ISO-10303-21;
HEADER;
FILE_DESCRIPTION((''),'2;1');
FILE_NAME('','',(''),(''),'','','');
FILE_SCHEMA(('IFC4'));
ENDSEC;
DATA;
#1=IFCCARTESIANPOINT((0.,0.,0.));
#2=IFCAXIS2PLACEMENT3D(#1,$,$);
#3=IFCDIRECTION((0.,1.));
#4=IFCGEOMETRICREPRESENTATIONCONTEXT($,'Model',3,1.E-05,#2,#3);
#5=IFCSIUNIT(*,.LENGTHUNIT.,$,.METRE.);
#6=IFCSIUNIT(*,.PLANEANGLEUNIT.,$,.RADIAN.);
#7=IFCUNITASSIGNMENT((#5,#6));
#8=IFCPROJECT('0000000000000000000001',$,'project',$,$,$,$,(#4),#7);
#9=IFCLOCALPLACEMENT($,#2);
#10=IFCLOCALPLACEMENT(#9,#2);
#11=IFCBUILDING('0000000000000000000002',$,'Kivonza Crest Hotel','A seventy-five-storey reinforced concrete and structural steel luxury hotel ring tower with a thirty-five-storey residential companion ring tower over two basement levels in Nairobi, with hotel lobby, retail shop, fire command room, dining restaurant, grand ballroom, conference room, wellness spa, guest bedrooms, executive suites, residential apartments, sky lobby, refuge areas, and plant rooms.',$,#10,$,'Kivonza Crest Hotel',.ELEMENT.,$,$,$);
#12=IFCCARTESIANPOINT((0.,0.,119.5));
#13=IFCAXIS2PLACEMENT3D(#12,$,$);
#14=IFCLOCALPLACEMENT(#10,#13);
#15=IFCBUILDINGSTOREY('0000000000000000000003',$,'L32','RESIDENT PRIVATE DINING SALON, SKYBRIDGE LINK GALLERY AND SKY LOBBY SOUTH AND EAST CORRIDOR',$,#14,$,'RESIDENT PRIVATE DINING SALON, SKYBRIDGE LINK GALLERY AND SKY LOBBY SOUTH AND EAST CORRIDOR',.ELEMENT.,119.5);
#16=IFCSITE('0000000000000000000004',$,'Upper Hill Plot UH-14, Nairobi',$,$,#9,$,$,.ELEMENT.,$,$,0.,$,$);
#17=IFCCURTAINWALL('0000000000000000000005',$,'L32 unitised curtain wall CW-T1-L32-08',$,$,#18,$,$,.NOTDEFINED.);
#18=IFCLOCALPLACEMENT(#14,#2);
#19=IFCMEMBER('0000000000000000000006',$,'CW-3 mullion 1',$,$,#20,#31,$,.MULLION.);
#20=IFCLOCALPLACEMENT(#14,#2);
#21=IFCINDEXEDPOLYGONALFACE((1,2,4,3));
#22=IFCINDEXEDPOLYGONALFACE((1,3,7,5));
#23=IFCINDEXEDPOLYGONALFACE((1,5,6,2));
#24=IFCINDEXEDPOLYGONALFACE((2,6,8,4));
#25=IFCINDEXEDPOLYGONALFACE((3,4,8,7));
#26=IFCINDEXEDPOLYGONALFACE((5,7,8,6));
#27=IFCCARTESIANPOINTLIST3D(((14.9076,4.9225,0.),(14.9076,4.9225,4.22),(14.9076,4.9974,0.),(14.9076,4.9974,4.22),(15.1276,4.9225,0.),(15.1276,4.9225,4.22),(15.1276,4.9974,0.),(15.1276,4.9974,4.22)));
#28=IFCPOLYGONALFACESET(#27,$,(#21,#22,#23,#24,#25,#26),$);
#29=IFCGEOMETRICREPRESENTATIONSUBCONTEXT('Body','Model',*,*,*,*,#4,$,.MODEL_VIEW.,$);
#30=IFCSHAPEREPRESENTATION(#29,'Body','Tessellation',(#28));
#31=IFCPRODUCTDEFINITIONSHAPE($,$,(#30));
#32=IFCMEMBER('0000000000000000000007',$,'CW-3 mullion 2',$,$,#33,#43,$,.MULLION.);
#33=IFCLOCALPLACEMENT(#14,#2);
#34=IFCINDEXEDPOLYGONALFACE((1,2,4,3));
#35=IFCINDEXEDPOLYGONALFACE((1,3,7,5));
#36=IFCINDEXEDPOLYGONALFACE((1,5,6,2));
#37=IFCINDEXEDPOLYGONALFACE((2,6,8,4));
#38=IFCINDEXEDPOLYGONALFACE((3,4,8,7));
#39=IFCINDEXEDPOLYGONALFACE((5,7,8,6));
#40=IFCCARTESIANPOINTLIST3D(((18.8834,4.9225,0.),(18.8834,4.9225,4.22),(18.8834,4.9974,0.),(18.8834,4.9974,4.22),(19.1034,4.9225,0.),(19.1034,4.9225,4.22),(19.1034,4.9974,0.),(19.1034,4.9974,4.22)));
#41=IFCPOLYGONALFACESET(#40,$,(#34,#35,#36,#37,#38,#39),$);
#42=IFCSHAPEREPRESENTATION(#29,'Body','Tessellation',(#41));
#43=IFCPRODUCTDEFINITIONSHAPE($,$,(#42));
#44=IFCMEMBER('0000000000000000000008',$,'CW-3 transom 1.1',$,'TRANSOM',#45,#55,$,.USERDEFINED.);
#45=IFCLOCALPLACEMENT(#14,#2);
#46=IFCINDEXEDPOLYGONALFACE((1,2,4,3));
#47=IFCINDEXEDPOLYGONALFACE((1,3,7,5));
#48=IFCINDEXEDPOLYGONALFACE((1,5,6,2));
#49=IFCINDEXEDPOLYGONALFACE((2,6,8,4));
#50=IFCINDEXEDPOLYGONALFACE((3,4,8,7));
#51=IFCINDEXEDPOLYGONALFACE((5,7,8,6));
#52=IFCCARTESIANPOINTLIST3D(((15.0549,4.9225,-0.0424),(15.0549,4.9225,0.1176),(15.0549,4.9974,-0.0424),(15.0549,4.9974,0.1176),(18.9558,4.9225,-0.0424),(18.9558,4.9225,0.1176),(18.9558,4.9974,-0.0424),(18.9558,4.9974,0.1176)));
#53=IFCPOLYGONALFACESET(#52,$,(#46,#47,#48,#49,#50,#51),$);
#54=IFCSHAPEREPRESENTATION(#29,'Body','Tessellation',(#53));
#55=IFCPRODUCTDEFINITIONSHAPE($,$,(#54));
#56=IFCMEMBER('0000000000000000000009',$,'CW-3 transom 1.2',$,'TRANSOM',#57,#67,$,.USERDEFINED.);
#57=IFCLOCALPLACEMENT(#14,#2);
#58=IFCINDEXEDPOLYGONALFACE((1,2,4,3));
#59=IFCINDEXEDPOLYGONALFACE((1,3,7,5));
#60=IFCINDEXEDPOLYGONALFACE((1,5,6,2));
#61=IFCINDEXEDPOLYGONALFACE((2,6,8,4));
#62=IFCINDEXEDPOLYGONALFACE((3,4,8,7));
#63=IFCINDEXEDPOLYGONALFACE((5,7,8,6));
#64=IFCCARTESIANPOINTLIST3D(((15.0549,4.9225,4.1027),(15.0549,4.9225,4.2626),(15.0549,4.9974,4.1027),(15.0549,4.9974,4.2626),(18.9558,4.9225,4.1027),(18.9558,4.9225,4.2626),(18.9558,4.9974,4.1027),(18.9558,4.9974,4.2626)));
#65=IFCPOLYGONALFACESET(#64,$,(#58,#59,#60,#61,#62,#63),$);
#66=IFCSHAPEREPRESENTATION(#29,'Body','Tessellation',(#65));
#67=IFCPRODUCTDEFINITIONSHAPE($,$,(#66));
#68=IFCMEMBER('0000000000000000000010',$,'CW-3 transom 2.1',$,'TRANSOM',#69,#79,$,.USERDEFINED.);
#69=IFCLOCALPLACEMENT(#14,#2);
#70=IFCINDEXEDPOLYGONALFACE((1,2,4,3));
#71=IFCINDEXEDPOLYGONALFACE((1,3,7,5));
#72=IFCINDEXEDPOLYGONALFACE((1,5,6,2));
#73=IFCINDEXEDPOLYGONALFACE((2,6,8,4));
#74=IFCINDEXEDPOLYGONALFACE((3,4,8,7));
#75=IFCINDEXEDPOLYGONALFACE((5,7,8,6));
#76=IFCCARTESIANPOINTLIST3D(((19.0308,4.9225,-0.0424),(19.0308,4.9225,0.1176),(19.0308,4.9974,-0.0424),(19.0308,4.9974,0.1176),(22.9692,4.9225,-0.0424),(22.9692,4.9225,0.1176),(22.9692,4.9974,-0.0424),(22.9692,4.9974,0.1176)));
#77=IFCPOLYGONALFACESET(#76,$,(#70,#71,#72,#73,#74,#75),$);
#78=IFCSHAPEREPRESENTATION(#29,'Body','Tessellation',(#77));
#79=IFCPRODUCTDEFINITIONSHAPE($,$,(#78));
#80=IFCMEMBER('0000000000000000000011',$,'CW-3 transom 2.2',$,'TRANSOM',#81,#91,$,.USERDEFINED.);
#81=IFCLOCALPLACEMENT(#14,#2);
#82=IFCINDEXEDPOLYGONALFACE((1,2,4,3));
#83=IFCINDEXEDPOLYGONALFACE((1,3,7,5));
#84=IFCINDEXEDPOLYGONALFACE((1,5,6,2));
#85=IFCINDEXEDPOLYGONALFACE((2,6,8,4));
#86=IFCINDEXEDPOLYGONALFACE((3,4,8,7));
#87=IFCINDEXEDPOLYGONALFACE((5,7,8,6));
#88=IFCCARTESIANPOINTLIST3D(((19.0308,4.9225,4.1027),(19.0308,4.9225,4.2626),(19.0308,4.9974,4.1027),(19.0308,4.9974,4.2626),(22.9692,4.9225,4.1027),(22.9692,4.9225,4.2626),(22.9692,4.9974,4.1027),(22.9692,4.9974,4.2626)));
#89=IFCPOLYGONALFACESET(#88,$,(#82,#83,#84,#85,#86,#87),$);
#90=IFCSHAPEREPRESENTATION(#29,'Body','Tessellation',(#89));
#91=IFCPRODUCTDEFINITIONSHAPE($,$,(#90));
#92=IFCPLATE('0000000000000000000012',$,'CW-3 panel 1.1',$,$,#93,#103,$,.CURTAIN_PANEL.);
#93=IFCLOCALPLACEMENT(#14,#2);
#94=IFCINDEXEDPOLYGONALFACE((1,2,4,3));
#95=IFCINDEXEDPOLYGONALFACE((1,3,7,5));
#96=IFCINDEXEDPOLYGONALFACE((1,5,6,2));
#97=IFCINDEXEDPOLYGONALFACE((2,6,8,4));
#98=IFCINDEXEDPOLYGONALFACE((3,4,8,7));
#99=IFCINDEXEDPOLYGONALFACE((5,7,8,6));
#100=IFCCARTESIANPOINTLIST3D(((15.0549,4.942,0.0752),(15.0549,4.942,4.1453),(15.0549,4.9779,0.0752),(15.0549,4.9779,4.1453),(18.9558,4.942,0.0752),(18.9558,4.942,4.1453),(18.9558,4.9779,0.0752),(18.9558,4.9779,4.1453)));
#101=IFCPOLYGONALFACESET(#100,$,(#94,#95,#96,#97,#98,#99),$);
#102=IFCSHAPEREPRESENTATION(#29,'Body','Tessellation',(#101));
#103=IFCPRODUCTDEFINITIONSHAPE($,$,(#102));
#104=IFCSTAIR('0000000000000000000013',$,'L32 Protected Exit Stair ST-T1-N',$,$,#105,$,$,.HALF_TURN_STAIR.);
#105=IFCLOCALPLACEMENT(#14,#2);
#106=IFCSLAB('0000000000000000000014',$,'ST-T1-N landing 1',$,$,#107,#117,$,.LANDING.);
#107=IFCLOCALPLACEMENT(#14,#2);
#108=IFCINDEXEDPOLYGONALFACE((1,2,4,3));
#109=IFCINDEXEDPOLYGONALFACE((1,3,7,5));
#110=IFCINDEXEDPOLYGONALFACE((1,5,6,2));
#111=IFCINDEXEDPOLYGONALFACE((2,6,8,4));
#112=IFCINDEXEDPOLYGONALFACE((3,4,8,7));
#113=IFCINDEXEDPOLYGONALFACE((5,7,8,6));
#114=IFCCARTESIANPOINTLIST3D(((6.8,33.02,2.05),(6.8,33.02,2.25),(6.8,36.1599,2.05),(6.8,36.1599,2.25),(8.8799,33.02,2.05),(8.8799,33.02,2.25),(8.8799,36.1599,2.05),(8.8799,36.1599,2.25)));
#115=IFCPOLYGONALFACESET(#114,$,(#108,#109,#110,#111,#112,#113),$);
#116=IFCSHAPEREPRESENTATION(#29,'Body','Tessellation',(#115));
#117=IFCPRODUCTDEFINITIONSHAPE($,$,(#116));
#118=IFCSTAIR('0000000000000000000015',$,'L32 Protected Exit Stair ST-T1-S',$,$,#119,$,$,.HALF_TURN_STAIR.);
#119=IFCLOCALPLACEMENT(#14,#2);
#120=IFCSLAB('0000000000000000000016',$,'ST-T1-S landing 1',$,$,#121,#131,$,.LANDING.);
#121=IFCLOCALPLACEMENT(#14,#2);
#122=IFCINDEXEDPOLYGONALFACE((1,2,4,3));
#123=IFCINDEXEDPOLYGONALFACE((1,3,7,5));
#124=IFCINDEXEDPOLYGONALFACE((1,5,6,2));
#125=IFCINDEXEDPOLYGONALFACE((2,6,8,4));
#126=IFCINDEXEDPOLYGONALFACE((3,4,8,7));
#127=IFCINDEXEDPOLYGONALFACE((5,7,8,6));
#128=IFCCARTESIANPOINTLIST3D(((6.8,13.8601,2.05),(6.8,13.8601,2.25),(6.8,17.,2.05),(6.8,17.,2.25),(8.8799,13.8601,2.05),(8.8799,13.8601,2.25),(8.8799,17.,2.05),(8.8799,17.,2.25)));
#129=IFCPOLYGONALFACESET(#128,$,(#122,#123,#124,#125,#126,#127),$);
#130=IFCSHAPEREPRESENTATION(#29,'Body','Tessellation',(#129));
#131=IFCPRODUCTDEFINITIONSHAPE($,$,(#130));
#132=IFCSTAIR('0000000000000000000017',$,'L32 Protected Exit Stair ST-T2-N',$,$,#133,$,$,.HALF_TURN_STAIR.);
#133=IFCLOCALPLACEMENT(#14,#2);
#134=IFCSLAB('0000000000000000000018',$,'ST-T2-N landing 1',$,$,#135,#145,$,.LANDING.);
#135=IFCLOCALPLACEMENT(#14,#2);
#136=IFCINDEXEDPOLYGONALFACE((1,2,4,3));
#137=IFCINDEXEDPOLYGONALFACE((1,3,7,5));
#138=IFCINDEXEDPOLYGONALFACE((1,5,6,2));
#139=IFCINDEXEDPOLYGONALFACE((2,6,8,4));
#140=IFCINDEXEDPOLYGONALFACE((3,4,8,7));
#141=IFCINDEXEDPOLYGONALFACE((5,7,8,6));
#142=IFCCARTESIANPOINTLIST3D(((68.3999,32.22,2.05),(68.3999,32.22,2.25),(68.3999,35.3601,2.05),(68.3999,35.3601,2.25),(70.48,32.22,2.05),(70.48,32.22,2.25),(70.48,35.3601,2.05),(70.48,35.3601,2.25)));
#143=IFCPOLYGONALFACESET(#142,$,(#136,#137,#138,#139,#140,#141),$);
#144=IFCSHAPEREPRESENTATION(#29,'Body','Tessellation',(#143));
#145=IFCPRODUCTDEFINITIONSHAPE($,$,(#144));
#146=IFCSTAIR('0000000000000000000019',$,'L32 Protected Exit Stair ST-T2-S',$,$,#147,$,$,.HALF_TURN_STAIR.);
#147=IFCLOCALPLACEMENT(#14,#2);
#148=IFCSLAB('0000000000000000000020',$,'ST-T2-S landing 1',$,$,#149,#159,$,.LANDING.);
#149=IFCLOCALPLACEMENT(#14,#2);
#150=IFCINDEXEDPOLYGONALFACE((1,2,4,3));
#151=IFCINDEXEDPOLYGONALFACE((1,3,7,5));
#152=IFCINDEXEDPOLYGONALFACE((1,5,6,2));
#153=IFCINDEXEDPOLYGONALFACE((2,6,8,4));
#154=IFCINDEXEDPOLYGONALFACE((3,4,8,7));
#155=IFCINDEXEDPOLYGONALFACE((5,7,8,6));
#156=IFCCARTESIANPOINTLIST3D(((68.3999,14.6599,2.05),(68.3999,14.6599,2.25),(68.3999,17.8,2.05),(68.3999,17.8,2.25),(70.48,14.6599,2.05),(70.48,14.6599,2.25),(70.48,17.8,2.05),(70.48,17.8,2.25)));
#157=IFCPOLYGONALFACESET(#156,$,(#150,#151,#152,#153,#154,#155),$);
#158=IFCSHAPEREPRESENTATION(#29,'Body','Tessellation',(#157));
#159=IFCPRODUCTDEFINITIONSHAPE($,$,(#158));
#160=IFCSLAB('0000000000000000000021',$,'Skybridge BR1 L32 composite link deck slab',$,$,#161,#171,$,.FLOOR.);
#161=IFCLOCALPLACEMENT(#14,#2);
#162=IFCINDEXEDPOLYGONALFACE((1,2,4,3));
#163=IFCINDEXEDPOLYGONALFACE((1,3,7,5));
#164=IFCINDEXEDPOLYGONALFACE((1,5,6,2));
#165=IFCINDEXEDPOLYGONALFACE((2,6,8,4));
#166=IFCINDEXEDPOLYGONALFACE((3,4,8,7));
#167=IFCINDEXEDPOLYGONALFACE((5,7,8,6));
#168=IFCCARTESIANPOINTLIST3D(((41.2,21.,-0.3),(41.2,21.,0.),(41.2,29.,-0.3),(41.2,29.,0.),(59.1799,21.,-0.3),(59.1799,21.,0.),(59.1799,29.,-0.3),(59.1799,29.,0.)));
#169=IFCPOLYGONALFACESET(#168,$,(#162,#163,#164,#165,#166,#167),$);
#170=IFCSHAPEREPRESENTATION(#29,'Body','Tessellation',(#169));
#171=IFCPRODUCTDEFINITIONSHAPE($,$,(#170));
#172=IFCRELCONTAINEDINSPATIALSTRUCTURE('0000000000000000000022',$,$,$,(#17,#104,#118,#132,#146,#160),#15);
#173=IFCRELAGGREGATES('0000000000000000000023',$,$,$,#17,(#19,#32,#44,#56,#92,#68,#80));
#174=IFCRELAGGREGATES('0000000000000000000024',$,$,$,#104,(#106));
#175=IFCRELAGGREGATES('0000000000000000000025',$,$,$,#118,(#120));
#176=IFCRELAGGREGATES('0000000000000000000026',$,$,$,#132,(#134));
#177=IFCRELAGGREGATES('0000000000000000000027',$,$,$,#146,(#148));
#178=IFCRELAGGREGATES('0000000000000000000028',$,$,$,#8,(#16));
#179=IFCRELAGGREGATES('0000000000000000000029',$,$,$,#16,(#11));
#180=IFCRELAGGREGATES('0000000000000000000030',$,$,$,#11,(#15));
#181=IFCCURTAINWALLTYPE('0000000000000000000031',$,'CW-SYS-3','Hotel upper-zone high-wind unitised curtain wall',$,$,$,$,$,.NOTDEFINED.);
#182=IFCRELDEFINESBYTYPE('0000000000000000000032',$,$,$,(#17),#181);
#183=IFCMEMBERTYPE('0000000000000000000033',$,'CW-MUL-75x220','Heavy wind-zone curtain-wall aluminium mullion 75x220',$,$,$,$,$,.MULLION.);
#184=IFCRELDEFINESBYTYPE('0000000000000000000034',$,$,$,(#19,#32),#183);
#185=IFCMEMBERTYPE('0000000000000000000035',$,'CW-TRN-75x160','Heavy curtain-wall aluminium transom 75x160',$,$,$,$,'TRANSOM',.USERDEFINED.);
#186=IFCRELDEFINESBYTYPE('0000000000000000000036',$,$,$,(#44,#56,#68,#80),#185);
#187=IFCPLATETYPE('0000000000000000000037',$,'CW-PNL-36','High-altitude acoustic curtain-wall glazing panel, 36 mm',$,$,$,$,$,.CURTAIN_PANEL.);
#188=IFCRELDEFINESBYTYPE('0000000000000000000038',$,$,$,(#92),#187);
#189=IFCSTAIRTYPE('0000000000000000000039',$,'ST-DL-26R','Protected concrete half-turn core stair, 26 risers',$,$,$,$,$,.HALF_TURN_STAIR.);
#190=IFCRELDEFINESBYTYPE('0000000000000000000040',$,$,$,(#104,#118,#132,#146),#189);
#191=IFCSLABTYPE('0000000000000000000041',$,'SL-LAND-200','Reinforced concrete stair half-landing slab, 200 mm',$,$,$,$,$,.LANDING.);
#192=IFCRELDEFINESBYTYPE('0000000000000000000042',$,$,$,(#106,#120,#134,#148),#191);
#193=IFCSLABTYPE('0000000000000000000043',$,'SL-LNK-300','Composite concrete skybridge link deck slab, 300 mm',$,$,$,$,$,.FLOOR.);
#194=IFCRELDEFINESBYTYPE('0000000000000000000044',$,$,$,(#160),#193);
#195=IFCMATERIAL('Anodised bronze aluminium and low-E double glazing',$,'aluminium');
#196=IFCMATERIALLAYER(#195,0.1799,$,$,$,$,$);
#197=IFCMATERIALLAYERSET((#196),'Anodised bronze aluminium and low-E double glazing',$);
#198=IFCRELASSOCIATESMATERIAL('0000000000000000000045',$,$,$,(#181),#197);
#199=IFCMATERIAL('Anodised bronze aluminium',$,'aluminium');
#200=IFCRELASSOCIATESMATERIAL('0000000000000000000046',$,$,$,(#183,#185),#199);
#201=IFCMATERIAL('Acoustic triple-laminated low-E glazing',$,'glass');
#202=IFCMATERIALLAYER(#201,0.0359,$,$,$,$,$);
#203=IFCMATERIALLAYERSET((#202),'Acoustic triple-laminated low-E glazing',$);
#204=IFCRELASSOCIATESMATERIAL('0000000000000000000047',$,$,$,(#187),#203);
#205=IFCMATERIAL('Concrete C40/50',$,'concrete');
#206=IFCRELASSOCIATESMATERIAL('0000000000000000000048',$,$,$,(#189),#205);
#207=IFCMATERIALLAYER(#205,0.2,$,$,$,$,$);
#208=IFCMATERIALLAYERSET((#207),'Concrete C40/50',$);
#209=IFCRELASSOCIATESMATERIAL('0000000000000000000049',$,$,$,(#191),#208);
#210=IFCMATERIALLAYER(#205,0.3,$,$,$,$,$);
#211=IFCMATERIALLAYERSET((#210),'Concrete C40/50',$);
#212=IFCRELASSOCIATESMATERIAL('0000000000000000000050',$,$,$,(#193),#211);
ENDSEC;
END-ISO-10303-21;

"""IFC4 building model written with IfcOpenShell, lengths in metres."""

from ifc_helpers import new_model, si_unit, direction, frame, origin, origin_2d, place, context, subcontext, project, spatial, polyline, rectangle, outline, extrude, material, layer, layer_set, material_profile, profile_set, type_object, element, aggregate, save


model = new_model("IFC4")

# Units and contexts
model_context = context("Model", 3, precision=1e-05, world=origin(), true_north=direction((0.0, 1.0)))
body_context = subcontext(model_context, "Body", "Model", "MODEL_VIEW")
ifc_project = project(units=[si_unit("LENGTHUNIT", "METRE"), si_unit("PLANEANGLEUNIT", "RADIAN")], contexts=[model_context])

# Site, building, storey
site_placement = place(None, origin())
site = spatial("IfcSite", under=ifc_project, at=site_placement, Name="Upper Hill Plot UH-14, Nairobi", CompositionType="ELEMENT", RefElevation=0.0)
building_placement = place(site_placement, origin())
building = spatial("IfcBuilding", under=site, at=building_placement, Name="Kivonza Crest Hotel", Description="A seventy-five-storey reinforced concrete and structural steel luxury hotel ring tower with a thirty-five-storey residential companion ring tower over two basement levels in Nairobi, with hotel lobby, retail shop, fire command room, dining restaurant, grand ballroom, conference room, wellness spa, guest bedrooms, executive suites, residential apartments, sky lobby, refuge areas, and plant rooms.", LongName="Kivonza Crest Hotel", CompositionType="ELEMENT")
storey_placement = place(building_placement, frame((0.0, 0.0, 119.5)))
storey = spatial("IfcBuildingStorey", under=building, at=storey_placement, Name="L32", Description="RESIDENT PRIVATE DINING SALON, SKYBRIDGE LINK GALLERY AND SKY LOBBY SOUTH AND EAST CORRIDOR", LongName="RESIDENT PRIVATE DINING SALON, SKYBRIDGE LINK GALLERY AND SKY LOBBY SOUTH AND EAST CORRIDOR", CompositionType="ELEMENT", Elevation=119.5)

# Curtain wall, members, plate
ifc_material_1 = material(Name="Anodised bronze aluminium and low-E double glazing", Category="aluminium")
ifc_layer_1 = layer(ifc_material_1, 0.1799)
ifc_layer_set_1 = layer_set([ifc_layer_1], Name="Anodised bronze aluminium and low-E double glazing")
curtain_wall_type = type_object("IfcCurtainWallType", Name="CW-SYS-3", Description="Hotel upper-zone high-wind unitised curtain wall", PredefinedType="NOTDEFINED", material=ifc_layer_set_1)
curtain_wall_placement = place(storey_placement, origin())
curtain_wall = element("IfcCurtainWall", 1, at=curtain_wall_placement, inside=storey, type_object=curtain_wall_type, Name="L32 unitised curtain wall CW-T1-L32-08", PredefinedType="NOTDEFINED")
ifc_material_2 = material(Name="Anodised bronze aluminium", Category="aluminium")
ifc_material_profile_1 = material_profile(ifc_material_2, rectangle(XDim=0.075, YDim=0.22, at=origin_2d()), Name="CW-M 75x220")
ifc_profile_set_1 = profile_set([ifc_material_profile_1], Name="Anodised bronze aluminium")
member_type_1 = type_object("IfcMemberType", Name="CW-MUL-75x220", Description="Heavy wind-zone curtain-wall aluminium mullion 75x220", PredefinedType="MULLION", material=ifc_profile_set_1)
member_1_placement = place(storey_placement, frame((15.0176, 4.96, 0.0), z_axis=(0.0, 0.0, 1.0), x_axis=(0.0, 1.0, 0.0)))
member_1 = element("IfcMember", 2, at=member_1_placement, type_object=member_type_1, Name="CW-3 mullion 1", PredefinedType="MULLION", context=body_context, shape_type="SweptSolid", body=[
    extrude(rectangle(XDim=0.075, YDim=0.22, at=origin_2d()), origin(), (0.0, 0.0, 1.0), 4.22),
])
member_2_placement = place(storey_placement, frame((18.9934, 4.96, 0.0), z_axis=(0.0, 0.0, 1.0), x_axis=(0.0, 1.0, 0.0)))
member_2 = element("IfcMember", 3, at=member_2_placement, type_object=member_type_1, Name="CW-3 mullion 2", PredefinedType="MULLION", context=body_context, shape_type="SweptSolid", body=[
    extrude(rectangle(XDim=0.075, YDim=0.22, at=origin_2d()), origin(), (0.0, 0.0, 1.0), 4.22),
])
ifc_material_profile_2 = material_profile(ifc_material_2, rectangle(XDim=0.075, YDim=0.1599, at=origin_2d()), Name="CW-T 75x160")
ifc_profile_set_2 = profile_set([ifc_material_profile_2], Name="Anodised bronze aluminium")
member_type_2 = type_object("IfcMemberType", Name="CW-TRN-75x160", Description="Heavy curtain-wall aluminium transom 75x160", ElementType="TRANSOM", PredefinedType="USERDEFINED", material=ifc_profile_set_2)
member_3_placement = place(storey_placement, frame((15.0549, 4.96, 0.0376), z_axis=(1.0, 0.0, 0.0), x_axis=(0.0, 1.0, 0.0)))
member_3 = element("IfcMember", 4, at=member_3_placement, type_object=member_type_2, Name="CW-3 transom 1.1", ObjectType="TRANSOM", PredefinedType="USERDEFINED", context=body_context, shape_type="SweptSolid", body=[
    extrude(rectangle(XDim=0.075, YDim=0.1599, at=origin_2d()), origin(), (0.0, 0.0, 1.0), 3.9009),
])
member_4_placement = place(storey_placement, frame((15.0549, 4.96, 4.1826), z_axis=(1.0, 0.0, 0.0), x_axis=(0.0, 1.0, 0.0)))
member_4 = element("IfcMember", 5, at=member_4_placement, type_object=member_type_2, Name="CW-3 transom 1.2", ObjectType="TRANSOM", PredefinedType="USERDEFINED", context=body_context, shape_type="SweptSolid", body=[
    extrude(rectangle(XDim=0.075, YDim=0.1599, at=origin_2d()), origin(), (0.0, 0.0, 1.0), 3.9009),
])
member_5_placement = place(storey_placement, frame((19.0308, 4.96, 0.0376), z_axis=(1.0, 0.0, 0.0), x_axis=(0.0, 1.0, 0.0)))
member_5 = element("IfcMember", 6, at=member_5_placement, type_object=member_type_2, Name="CW-3 transom 2.1", ObjectType="TRANSOM", PredefinedType="USERDEFINED", context=body_context, shape_type="SweptSolid", body=[
    extrude(rectangle(XDim=0.075, YDim=0.1599, at=origin_2d()), origin(), (0.0, 0.0, 1.0), 3.9385),
])
member_6_placement = place(storey_placement, frame((19.0308, 4.96, 4.1826), z_axis=(1.0, 0.0, 0.0), x_axis=(0.0, 1.0, 0.0)))
member_6 = element("IfcMember", 7, at=member_6_placement, type_object=member_type_2, Name="CW-3 transom 2.2", ObjectType="TRANSOM", PredefinedType="USERDEFINED", context=body_context, shape_type="SweptSolid", body=[
    extrude(rectangle(XDim=0.075, YDim=0.1599, at=origin_2d()), origin(), (0.0, 0.0, 1.0), 3.9385),
])
ifc_material_3 = material(Name="Acoustic triple-laminated low-E glazing", Category="glass")
ifc_layer_2 = layer(ifc_material_3, 0.0359)
ifc_layer_set_2 = layer_set([ifc_layer_2], Name="Acoustic triple-laminated low-E glazing")
plate_type = type_object("IfcPlateType", Name="CW-PNL-36", Description="High-altitude acoustic curtain-wall glazing panel, 36 mm", PredefinedType="CURTAIN_PANEL", material=ifc_layer_set_2)
plate_placement = place(storey_placement, frame((17.0054, 4.96, 0.0752), z_axis=(0.0, 0.0, 1.0), x_axis=(1.0, 0.0, 0.0)))
plate = element("IfcPlate", 8, at=plate_placement, type_object=plate_type, Name="CW-3 panel 1.1", PredefinedType="CURTAIN_PANEL", context=body_context, shape_type="SweptSolid", body=[
    extrude(rectangle(XDim=3.9009, YDim=0.0359, at=origin_2d()), origin(), (0.0, 0.0, 1.0), 4.0701),
])
aggregate(curtain_wall, [member_1, member_2, member_3, member_4, plate, member_5, member_6])

# Stairs, slabs
ifc_material_4 = material(Name="Concrete C40/50", Category="concrete")
stair_type = type_object("IfcStairType", Name="ST-DL-26R", Description="Protected concrete half-turn core stair, 26 risers", PredefinedType="HALF_TURN_STAIR", material=ifc_material_4)
stair_1_placement = place(storey_placement, origin())
stair_1 = element("IfcStair", 9, at=stair_1_placement, inside=storey, type_object=stair_type, Name="L32 Protected Exit Stair ST-T1-N", PredefinedType="HALF_TURN_STAIR")
ifc_layer_3 = layer(ifc_material_4, 0.2)
ifc_layer_set_3 = layer_set([ifc_layer_3], Name="Concrete C40/50")
slab_type_1 = type_object("IfcSlabType", Name="SL-LAND-200", Description="Reinforced concrete stair half-landing slab, 200 mm", PredefinedType="LANDING", material=ifc_layer_set_3)
slab_1_placement = place(storey_placement, frame((0.0, 0.0, 2.05)))
slab_1 = element("IfcSlab", 10, at=slab_1_placement, type_object=slab_type_1, Name="ST-T1-N landing 1", PredefinedType="LANDING", context=body_context, shape_type="SweptSolid", body=[
    extrude(outline(polyline([(8.8799, 36.1599), (6.8, 36.1599), (6.8, 33.02), (8.8799, 33.02), (8.8799, 36.1599)])), origin(), (0.0, 0.0, 1.0), 0.2),
])
aggregate(stair_1, [slab_1])
stair_2_placement = place(storey_placement, origin())
stair_2 = element("IfcStair", 11, at=stair_2_placement, inside=storey, type_object=stair_type, Name="L32 Protected Exit Stair ST-T1-S", PredefinedType="HALF_TURN_STAIR")
slab_2_placement = place(storey_placement, frame((0.0, 0.0, 2.05)))
slab_2 = element("IfcSlab", 12, at=slab_2_placement, type_object=slab_type_1, Name="ST-T1-S landing 1", PredefinedType="LANDING", context=body_context, shape_type="SweptSolid", body=[
    extrude(outline(polyline([(8.8799, 17.0), (6.8, 17.0), (6.8, 13.8601), (8.8799, 13.8601), (8.8799, 17.0)])), origin(), (0.0, 0.0, 1.0), 0.2),
])
aggregate(stair_2, [slab_2])
stair_3_placement = place(storey_placement, origin())
stair_3 = element("IfcStair", 13, at=stair_3_placement, inside=storey, type_object=stair_type, Name="L32 Protected Exit Stair ST-T2-N", PredefinedType="HALF_TURN_STAIR")
slab_3_placement = place(storey_placement, frame((0.0, 0.0, 2.05)))
slab_3 = element("IfcSlab", 14, at=slab_3_placement, type_object=slab_type_1, Name="ST-T2-N landing 1", PredefinedType="LANDING", context=body_context, shape_type="SweptSolid", body=[
    extrude(outline(polyline([(70.48, 35.3601), (68.3999, 35.3601), (68.3999, 32.22), (70.48, 32.22), (70.48, 35.3601)])), origin(), (0.0, 0.0, 1.0), 0.2),
])
aggregate(stair_3, [slab_3])
stair_4_placement = place(storey_placement, origin())
stair_4 = element("IfcStair", 15, at=stair_4_placement, inside=storey, type_object=stair_type, Name="L32 Protected Exit Stair ST-T2-S", PredefinedType="HALF_TURN_STAIR")
slab_4_placement = place(storey_placement, frame((0.0, 0.0, 2.05)))
slab_4 = element("IfcSlab", 16, at=slab_4_placement, type_object=slab_type_1, Name="ST-T2-S landing 1", PredefinedType="LANDING", context=body_context, shape_type="SweptSolid", body=[
    extrude(outline(polyline([(70.48, 17.8), (68.3999, 17.8), (68.3999, 14.6599), (70.48, 14.6599), (70.48, 17.8)])), origin(), (0.0, 0.0, 1.0), 0.2),
])
aggregate(stair_4, [slab_4])

# Slab
ifc_layer_4 = layer(ifc_material_4, 0.3)
ifc_layer_set_4 = layer_set([ifc_layer_4], Name="Concrete C40/50")
slab_type_2 = type_object("IfcSlabType", Name="SL-LNK-300", Description="Composite concrete skybridge link deck slab, 300 mm", PredefinedType="FLOOR", material=ifc_layer_set_4)
slab_5_placement = place(storey_placement, frame((0.0, 0.0, -0.3)))
element("IfcSlab", 17, at=slab_5_placement, inside=storey, type_object=slab_type_2, Name="Skybridge BR1 L32 composite link deck slab", PredefinedType="FLOOR", context=body_context, shape_type="SweptSolid", body=[
    extrude(outline(polyline([(41.2, 21.0), (59.1799, 21.0), (59.1799, 29.0), (41.2, 29.0), (41.2, 21.0)])), origin(), (0.0, 0.0, 1.0), 0.3),
])

save(model, "model.ifc")
